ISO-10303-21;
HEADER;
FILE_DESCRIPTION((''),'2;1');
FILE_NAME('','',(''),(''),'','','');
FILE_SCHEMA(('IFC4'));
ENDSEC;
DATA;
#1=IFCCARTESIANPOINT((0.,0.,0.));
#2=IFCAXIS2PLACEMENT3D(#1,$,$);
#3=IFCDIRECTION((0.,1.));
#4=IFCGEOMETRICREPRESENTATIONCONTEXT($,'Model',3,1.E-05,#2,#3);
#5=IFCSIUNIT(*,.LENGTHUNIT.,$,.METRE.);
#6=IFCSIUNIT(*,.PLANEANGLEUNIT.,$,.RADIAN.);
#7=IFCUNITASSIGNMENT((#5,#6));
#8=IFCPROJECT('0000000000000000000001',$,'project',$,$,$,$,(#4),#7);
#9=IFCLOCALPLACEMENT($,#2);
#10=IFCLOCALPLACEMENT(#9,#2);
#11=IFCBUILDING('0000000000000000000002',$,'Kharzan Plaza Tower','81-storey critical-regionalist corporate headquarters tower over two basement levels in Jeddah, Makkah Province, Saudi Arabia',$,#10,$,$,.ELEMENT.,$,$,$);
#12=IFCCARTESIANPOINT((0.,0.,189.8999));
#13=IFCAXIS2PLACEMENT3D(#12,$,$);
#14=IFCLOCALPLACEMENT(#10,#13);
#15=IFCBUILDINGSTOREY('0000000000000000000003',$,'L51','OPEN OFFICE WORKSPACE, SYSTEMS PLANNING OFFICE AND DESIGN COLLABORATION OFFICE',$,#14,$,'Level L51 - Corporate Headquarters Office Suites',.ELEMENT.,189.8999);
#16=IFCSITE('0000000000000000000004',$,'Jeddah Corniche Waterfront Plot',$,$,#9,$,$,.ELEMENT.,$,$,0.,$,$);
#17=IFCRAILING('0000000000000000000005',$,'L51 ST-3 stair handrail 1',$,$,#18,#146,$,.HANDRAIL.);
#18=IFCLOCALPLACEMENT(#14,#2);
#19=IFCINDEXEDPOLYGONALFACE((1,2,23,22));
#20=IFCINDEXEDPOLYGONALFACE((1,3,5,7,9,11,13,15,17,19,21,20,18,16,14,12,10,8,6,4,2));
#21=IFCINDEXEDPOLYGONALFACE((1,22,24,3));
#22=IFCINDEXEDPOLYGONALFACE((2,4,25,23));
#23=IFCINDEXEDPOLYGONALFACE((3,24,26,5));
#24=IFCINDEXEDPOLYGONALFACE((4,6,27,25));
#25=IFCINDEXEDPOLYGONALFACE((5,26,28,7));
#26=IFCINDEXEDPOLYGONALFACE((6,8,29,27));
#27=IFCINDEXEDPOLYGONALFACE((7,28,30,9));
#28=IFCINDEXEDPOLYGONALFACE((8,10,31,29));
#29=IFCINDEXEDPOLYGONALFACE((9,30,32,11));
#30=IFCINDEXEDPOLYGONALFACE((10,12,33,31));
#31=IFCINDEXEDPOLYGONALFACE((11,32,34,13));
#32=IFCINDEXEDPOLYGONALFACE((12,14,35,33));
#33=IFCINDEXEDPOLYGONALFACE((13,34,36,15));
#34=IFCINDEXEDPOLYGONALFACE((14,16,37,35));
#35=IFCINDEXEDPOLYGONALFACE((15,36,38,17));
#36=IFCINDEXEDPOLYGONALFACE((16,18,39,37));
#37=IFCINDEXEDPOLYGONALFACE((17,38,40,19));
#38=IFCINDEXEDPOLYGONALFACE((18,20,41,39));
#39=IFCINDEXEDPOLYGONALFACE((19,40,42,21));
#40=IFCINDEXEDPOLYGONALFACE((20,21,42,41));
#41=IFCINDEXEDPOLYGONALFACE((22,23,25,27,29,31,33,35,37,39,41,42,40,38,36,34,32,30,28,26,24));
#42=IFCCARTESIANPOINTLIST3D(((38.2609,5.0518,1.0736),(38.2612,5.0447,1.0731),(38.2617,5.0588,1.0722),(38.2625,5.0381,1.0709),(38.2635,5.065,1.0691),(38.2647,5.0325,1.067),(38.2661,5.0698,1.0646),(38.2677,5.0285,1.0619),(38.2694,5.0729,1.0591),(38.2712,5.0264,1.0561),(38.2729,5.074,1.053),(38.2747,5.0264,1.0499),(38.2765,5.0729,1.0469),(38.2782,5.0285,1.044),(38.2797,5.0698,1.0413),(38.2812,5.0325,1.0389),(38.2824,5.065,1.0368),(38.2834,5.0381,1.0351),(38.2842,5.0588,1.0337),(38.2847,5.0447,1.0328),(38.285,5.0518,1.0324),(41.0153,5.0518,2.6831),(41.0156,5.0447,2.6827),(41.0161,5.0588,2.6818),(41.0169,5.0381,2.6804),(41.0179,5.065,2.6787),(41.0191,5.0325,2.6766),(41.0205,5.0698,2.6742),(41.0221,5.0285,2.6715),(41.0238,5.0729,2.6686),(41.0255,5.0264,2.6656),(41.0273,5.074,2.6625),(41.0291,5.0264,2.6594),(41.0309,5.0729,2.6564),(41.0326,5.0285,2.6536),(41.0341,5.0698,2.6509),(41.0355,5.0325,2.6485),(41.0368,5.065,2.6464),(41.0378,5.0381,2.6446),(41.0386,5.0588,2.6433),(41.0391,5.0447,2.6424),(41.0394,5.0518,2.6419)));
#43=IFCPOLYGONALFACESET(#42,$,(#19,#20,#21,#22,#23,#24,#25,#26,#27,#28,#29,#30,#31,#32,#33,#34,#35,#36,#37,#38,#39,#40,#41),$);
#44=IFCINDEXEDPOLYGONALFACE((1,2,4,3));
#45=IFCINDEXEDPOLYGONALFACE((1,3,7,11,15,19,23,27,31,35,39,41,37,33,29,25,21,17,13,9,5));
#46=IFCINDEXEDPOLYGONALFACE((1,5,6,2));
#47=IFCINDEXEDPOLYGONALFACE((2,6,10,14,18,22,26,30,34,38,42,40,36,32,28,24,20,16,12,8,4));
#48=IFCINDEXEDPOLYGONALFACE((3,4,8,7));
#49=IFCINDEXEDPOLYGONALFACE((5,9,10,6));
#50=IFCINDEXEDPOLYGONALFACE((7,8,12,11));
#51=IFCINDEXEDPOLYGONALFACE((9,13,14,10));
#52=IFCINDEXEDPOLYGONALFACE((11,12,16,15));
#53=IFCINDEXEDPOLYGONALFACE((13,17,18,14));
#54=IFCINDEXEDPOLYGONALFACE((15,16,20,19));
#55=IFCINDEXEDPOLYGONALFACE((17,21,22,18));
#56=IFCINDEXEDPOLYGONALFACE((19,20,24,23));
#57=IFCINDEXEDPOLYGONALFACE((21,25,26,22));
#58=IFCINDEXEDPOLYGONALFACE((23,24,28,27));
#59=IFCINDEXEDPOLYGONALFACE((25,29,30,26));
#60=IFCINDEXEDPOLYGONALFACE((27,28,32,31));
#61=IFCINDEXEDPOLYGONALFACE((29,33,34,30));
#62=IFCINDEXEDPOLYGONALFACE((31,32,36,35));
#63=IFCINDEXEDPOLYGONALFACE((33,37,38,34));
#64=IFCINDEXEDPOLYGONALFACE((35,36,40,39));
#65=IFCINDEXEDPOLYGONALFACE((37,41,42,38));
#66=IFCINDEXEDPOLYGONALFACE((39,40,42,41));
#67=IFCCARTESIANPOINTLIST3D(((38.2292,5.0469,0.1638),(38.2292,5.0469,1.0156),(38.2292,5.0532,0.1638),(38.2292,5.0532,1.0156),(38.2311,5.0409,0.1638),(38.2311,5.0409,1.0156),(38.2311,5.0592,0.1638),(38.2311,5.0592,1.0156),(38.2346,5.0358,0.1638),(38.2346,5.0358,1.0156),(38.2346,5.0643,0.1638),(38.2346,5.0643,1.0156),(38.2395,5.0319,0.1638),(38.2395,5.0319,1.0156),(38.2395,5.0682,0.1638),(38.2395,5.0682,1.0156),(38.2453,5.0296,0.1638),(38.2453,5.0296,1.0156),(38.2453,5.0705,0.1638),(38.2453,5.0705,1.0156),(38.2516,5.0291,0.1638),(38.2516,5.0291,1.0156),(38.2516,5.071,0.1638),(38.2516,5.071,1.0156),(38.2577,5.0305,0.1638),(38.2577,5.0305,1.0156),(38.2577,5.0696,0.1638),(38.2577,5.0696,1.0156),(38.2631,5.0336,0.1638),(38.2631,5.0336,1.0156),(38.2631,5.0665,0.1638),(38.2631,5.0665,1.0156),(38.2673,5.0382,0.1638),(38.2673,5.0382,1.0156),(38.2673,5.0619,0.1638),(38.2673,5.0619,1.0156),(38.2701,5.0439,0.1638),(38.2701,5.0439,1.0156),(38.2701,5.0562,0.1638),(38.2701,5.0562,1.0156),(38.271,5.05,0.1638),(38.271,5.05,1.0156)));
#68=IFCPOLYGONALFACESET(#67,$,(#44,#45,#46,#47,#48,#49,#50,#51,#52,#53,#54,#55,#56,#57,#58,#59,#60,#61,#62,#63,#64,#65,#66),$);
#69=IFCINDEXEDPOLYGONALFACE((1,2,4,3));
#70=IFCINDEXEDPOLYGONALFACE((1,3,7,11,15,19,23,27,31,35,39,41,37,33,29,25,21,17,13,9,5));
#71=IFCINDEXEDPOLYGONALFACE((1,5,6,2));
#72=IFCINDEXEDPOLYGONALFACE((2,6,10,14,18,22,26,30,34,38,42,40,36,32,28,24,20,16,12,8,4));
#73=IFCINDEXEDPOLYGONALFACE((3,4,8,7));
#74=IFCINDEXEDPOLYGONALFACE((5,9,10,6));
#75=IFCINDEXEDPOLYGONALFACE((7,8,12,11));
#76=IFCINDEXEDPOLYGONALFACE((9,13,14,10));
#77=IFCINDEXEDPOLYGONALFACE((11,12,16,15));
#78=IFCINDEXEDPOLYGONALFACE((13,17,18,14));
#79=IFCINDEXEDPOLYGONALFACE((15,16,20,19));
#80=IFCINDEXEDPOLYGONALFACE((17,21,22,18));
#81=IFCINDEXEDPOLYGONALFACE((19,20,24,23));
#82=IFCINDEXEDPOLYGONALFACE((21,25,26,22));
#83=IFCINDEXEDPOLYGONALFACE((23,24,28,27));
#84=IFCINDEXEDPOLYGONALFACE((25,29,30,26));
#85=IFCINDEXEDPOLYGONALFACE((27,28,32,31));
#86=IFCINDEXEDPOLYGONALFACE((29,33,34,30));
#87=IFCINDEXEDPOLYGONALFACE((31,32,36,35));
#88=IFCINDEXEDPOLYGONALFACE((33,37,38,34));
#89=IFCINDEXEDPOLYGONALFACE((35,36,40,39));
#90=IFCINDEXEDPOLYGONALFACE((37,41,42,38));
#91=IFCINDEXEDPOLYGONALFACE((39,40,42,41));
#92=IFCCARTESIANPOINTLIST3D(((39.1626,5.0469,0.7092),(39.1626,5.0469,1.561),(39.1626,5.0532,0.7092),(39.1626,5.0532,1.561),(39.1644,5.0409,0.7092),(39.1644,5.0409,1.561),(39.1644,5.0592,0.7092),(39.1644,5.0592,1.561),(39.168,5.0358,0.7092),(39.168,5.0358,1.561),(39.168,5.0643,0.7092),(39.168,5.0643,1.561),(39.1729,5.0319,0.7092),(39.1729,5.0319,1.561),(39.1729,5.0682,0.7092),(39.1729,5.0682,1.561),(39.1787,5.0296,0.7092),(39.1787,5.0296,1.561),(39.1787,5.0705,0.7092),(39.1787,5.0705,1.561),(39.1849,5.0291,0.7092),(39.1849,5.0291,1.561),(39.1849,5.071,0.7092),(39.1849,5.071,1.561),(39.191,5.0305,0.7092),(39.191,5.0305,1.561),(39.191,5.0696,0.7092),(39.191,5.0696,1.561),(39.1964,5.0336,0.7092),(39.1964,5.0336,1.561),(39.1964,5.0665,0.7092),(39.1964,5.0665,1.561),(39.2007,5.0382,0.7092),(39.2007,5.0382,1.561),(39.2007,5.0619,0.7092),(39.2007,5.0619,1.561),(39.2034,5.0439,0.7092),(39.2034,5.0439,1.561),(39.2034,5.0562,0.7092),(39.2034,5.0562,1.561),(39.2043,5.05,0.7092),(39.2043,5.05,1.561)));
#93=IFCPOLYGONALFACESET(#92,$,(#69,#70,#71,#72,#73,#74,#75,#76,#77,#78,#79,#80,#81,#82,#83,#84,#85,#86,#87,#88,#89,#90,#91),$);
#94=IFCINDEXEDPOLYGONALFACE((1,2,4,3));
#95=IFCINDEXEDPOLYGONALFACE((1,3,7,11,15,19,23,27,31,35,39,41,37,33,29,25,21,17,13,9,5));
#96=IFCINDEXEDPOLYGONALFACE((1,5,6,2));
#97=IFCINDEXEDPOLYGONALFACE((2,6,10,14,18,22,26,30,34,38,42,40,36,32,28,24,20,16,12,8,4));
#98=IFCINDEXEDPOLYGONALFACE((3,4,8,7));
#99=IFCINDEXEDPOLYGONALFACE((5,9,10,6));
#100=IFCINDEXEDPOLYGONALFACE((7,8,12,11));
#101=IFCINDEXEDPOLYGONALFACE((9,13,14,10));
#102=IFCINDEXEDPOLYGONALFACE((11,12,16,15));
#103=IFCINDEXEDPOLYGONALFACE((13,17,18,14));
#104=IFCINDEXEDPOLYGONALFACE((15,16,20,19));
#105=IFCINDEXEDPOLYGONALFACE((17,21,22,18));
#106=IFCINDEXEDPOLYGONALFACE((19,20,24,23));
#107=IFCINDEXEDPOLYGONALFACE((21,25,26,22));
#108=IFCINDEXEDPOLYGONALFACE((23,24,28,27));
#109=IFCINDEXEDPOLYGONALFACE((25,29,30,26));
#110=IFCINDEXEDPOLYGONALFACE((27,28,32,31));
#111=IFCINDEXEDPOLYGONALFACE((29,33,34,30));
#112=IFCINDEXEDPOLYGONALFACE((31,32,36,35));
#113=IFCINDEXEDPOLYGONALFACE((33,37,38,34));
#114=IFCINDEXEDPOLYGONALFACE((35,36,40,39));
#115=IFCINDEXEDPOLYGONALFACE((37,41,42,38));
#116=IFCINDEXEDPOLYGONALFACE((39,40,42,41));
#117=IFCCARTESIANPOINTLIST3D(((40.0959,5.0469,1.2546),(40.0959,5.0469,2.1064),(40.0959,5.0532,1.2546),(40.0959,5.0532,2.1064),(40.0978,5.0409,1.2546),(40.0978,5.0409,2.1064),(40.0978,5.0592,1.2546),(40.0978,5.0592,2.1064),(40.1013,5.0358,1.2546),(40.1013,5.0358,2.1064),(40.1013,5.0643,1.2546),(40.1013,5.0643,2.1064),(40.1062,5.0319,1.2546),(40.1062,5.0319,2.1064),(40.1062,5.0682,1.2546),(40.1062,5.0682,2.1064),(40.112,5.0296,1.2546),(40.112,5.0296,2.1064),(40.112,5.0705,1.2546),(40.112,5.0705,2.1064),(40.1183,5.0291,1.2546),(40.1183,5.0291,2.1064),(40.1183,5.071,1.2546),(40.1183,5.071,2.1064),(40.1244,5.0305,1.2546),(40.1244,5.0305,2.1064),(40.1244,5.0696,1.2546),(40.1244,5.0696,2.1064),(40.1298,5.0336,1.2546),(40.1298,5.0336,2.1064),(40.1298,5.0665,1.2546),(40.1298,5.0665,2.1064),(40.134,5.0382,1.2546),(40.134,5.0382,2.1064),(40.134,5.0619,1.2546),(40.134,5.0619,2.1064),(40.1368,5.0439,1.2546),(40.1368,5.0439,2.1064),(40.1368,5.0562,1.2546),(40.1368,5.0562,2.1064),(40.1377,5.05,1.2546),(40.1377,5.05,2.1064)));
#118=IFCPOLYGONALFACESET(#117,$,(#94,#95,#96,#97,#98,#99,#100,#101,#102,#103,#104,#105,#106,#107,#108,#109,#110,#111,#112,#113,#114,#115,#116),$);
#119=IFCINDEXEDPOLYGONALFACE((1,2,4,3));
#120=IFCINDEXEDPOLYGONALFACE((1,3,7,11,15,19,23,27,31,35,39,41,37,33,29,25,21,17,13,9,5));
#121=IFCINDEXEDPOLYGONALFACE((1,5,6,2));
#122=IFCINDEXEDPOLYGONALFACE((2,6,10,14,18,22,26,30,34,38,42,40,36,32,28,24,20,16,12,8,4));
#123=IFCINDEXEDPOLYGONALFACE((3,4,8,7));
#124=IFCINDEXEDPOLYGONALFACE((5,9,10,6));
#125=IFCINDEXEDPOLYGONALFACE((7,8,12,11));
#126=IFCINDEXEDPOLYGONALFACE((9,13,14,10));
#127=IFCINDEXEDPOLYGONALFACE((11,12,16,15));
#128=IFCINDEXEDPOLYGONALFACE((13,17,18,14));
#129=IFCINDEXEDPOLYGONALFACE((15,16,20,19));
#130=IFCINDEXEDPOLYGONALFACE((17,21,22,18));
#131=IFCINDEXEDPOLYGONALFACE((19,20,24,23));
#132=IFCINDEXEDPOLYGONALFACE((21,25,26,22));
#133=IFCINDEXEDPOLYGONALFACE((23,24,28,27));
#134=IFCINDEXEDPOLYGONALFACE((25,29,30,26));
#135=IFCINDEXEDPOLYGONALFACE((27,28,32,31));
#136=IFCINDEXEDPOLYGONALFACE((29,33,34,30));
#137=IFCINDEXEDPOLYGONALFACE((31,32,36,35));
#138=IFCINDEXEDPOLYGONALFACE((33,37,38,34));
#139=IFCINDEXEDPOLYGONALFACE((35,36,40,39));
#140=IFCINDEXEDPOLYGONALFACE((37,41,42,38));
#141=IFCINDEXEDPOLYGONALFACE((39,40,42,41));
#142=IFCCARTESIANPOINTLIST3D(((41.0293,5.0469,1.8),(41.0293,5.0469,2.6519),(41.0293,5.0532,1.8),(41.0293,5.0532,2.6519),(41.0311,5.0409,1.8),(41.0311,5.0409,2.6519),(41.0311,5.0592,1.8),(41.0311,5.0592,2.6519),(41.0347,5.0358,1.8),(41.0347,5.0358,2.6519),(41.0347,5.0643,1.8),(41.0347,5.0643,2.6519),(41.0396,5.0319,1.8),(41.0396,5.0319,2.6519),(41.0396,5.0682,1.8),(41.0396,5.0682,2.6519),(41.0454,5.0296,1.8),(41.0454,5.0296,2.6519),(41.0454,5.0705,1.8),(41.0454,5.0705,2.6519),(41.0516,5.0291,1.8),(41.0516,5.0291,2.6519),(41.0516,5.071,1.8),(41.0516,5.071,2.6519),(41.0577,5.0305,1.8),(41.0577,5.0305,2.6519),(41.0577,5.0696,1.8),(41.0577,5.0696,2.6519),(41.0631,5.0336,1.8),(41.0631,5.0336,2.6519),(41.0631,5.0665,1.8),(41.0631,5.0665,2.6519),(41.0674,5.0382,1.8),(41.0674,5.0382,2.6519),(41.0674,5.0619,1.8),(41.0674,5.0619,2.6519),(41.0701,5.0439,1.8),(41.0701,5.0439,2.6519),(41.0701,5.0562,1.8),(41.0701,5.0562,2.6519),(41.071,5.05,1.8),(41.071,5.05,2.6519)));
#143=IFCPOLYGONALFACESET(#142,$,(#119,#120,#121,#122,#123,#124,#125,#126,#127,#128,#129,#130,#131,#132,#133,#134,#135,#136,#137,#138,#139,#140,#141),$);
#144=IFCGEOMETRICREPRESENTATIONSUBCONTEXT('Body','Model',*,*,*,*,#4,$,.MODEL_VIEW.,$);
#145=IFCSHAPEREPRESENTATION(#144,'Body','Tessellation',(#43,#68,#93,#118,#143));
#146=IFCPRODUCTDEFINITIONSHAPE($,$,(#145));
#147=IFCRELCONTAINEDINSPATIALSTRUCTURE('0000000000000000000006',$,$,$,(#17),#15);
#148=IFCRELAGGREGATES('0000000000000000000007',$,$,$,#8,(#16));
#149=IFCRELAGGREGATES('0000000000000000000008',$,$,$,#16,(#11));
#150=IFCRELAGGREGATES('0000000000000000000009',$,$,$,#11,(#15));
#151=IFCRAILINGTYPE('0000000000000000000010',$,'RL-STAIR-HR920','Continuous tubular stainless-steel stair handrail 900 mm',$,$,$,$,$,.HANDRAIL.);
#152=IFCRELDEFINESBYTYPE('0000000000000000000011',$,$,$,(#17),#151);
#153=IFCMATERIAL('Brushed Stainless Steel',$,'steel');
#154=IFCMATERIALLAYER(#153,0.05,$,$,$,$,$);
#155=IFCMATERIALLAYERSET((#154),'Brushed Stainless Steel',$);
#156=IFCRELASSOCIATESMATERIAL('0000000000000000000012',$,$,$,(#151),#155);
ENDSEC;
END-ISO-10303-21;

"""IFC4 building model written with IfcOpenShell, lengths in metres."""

from ifc_helpers import new_model, si_unit, direction, frame, origin, origin_2d, place, context, subcontext, project, spatial, circle, extrude, source, transform, mapped, material, layer, layer_set, type_object, element, save


model = new_model("IFC4")

# Units and contexts
model_context = context("Model", 3, precision=1e-05, world=origin(), true_north=direction((0.0, 1.0)))
body_context = subcontext(model_context, "Body", "Model", "MODEL_VIEW")
ifc_project = project(units=[si_unit("LENGTHUNIT", "METRE"), si_unit("PLANEANGLEUNIT", "RADIAN")], contexts=[model_context])

# Site, building, storey
site_placement = place(None, origin())
site = spatial("IfcSite", under=ifc_project, at=site_placement, Name="Jeddah Corniche Waterfront Plot", CompositionType="ELEMENT", RefElevation=0.0)
building_placement = place(site_placement, origin())
building = spatial("IfcBuilding", under=site, at=building_placement, Name="Kharzan Plaza Tower", Description="81-storey critical-regionalist corporate headquarters tower over two basement levels in Jeddah, Makkah Province, Saudi Arabia", CompositionType="ELEMENT")
storey_placement = place(building_placement, frame((0.0, 0.0, 189.8999)))
storey = spatial("IfcBuildingStorey", under=building, at=storey_placement, Name="L51", Description="OPEN OFFICE WORKSPACE, SYSTEMS PLANNING OFFICE AND DESIGN COLLABORATION OFFICE", LongName="Level L51 - Corporate Headquarters Office Suites", CompositionType="ELEMENT", Elevation=189.8999)

# Railing
ifc_material_1 = material(Name="Brushed Stainless Steel", Category="steel")
ifc_layer_1 = layer(ifc_material_1, 0.05)
ifc_layer_set_1 = layer_set([ifc_layer_1], Name="Brushed Stainless Steel")
railing_type_1 = type_object("IfcRailingType", Name="RL-STAIR-HR920", Description="Continuous tubular stainless-steel stair handrail 900 mm", PredefinedType="HANDRAIL", material=ifc_layer_set_1)
shared_shape_1 = source(origin(), body_context, "Body", "SweptSolid", [
    extrude(circle(Radius=0.0239, at=origin_2d()), frame((0.0229, 0.0, 0.8892), z_axis=(0.863394, 0.0, 0.504531), x_axis=(0.0, 1.0, 0.0)), (0.0, 0.0, 1.0), 3.1902),
    extrude(circle(Radius=0.021, at=origin_2d()), origin(), (0.0, 0.0, 1.0), 0.8518),
    extrude(circle(Radius=0.021, at=origin_2d()), frame((0.9333, 0.0, 0.5454)), (0.0, 0.0, 1.0), 0.8518),
    extrude(circle(Radius=0.021, at=origin_2d()), frame((1.8667, 0.0, 1.0908)), (0.0, 0.0, 1.0), 0.8518),
    extrude(circle(Radius=0.021, at=origin_2d()), frame((2.8, 0.0, 1.6362)), (0.0, 0.0, 1.0), 0.8518),
])
railing_1_placement = place(storey_placement, frame((38.25, 5.05, 0.1638)))
element("IfcRailing", 1, at=railing_1_placement, inside=storey, type_object=railing_type_1, Name="L51 ST-3 stair handrail 1", PredefinedType="HANDRAIL", context=body_context, shape_type="MappedRepresentation", body=[
    mapped(shared_shape_1, transform((0.0, 0.0, 0.0), x_axis=(1.0, 0.0, 0.0), y_axis=(0.0, 1.0, 0.0), z_axis=(0.0, 0.0, 1.0))),
])

save(model, "model.ifc")
